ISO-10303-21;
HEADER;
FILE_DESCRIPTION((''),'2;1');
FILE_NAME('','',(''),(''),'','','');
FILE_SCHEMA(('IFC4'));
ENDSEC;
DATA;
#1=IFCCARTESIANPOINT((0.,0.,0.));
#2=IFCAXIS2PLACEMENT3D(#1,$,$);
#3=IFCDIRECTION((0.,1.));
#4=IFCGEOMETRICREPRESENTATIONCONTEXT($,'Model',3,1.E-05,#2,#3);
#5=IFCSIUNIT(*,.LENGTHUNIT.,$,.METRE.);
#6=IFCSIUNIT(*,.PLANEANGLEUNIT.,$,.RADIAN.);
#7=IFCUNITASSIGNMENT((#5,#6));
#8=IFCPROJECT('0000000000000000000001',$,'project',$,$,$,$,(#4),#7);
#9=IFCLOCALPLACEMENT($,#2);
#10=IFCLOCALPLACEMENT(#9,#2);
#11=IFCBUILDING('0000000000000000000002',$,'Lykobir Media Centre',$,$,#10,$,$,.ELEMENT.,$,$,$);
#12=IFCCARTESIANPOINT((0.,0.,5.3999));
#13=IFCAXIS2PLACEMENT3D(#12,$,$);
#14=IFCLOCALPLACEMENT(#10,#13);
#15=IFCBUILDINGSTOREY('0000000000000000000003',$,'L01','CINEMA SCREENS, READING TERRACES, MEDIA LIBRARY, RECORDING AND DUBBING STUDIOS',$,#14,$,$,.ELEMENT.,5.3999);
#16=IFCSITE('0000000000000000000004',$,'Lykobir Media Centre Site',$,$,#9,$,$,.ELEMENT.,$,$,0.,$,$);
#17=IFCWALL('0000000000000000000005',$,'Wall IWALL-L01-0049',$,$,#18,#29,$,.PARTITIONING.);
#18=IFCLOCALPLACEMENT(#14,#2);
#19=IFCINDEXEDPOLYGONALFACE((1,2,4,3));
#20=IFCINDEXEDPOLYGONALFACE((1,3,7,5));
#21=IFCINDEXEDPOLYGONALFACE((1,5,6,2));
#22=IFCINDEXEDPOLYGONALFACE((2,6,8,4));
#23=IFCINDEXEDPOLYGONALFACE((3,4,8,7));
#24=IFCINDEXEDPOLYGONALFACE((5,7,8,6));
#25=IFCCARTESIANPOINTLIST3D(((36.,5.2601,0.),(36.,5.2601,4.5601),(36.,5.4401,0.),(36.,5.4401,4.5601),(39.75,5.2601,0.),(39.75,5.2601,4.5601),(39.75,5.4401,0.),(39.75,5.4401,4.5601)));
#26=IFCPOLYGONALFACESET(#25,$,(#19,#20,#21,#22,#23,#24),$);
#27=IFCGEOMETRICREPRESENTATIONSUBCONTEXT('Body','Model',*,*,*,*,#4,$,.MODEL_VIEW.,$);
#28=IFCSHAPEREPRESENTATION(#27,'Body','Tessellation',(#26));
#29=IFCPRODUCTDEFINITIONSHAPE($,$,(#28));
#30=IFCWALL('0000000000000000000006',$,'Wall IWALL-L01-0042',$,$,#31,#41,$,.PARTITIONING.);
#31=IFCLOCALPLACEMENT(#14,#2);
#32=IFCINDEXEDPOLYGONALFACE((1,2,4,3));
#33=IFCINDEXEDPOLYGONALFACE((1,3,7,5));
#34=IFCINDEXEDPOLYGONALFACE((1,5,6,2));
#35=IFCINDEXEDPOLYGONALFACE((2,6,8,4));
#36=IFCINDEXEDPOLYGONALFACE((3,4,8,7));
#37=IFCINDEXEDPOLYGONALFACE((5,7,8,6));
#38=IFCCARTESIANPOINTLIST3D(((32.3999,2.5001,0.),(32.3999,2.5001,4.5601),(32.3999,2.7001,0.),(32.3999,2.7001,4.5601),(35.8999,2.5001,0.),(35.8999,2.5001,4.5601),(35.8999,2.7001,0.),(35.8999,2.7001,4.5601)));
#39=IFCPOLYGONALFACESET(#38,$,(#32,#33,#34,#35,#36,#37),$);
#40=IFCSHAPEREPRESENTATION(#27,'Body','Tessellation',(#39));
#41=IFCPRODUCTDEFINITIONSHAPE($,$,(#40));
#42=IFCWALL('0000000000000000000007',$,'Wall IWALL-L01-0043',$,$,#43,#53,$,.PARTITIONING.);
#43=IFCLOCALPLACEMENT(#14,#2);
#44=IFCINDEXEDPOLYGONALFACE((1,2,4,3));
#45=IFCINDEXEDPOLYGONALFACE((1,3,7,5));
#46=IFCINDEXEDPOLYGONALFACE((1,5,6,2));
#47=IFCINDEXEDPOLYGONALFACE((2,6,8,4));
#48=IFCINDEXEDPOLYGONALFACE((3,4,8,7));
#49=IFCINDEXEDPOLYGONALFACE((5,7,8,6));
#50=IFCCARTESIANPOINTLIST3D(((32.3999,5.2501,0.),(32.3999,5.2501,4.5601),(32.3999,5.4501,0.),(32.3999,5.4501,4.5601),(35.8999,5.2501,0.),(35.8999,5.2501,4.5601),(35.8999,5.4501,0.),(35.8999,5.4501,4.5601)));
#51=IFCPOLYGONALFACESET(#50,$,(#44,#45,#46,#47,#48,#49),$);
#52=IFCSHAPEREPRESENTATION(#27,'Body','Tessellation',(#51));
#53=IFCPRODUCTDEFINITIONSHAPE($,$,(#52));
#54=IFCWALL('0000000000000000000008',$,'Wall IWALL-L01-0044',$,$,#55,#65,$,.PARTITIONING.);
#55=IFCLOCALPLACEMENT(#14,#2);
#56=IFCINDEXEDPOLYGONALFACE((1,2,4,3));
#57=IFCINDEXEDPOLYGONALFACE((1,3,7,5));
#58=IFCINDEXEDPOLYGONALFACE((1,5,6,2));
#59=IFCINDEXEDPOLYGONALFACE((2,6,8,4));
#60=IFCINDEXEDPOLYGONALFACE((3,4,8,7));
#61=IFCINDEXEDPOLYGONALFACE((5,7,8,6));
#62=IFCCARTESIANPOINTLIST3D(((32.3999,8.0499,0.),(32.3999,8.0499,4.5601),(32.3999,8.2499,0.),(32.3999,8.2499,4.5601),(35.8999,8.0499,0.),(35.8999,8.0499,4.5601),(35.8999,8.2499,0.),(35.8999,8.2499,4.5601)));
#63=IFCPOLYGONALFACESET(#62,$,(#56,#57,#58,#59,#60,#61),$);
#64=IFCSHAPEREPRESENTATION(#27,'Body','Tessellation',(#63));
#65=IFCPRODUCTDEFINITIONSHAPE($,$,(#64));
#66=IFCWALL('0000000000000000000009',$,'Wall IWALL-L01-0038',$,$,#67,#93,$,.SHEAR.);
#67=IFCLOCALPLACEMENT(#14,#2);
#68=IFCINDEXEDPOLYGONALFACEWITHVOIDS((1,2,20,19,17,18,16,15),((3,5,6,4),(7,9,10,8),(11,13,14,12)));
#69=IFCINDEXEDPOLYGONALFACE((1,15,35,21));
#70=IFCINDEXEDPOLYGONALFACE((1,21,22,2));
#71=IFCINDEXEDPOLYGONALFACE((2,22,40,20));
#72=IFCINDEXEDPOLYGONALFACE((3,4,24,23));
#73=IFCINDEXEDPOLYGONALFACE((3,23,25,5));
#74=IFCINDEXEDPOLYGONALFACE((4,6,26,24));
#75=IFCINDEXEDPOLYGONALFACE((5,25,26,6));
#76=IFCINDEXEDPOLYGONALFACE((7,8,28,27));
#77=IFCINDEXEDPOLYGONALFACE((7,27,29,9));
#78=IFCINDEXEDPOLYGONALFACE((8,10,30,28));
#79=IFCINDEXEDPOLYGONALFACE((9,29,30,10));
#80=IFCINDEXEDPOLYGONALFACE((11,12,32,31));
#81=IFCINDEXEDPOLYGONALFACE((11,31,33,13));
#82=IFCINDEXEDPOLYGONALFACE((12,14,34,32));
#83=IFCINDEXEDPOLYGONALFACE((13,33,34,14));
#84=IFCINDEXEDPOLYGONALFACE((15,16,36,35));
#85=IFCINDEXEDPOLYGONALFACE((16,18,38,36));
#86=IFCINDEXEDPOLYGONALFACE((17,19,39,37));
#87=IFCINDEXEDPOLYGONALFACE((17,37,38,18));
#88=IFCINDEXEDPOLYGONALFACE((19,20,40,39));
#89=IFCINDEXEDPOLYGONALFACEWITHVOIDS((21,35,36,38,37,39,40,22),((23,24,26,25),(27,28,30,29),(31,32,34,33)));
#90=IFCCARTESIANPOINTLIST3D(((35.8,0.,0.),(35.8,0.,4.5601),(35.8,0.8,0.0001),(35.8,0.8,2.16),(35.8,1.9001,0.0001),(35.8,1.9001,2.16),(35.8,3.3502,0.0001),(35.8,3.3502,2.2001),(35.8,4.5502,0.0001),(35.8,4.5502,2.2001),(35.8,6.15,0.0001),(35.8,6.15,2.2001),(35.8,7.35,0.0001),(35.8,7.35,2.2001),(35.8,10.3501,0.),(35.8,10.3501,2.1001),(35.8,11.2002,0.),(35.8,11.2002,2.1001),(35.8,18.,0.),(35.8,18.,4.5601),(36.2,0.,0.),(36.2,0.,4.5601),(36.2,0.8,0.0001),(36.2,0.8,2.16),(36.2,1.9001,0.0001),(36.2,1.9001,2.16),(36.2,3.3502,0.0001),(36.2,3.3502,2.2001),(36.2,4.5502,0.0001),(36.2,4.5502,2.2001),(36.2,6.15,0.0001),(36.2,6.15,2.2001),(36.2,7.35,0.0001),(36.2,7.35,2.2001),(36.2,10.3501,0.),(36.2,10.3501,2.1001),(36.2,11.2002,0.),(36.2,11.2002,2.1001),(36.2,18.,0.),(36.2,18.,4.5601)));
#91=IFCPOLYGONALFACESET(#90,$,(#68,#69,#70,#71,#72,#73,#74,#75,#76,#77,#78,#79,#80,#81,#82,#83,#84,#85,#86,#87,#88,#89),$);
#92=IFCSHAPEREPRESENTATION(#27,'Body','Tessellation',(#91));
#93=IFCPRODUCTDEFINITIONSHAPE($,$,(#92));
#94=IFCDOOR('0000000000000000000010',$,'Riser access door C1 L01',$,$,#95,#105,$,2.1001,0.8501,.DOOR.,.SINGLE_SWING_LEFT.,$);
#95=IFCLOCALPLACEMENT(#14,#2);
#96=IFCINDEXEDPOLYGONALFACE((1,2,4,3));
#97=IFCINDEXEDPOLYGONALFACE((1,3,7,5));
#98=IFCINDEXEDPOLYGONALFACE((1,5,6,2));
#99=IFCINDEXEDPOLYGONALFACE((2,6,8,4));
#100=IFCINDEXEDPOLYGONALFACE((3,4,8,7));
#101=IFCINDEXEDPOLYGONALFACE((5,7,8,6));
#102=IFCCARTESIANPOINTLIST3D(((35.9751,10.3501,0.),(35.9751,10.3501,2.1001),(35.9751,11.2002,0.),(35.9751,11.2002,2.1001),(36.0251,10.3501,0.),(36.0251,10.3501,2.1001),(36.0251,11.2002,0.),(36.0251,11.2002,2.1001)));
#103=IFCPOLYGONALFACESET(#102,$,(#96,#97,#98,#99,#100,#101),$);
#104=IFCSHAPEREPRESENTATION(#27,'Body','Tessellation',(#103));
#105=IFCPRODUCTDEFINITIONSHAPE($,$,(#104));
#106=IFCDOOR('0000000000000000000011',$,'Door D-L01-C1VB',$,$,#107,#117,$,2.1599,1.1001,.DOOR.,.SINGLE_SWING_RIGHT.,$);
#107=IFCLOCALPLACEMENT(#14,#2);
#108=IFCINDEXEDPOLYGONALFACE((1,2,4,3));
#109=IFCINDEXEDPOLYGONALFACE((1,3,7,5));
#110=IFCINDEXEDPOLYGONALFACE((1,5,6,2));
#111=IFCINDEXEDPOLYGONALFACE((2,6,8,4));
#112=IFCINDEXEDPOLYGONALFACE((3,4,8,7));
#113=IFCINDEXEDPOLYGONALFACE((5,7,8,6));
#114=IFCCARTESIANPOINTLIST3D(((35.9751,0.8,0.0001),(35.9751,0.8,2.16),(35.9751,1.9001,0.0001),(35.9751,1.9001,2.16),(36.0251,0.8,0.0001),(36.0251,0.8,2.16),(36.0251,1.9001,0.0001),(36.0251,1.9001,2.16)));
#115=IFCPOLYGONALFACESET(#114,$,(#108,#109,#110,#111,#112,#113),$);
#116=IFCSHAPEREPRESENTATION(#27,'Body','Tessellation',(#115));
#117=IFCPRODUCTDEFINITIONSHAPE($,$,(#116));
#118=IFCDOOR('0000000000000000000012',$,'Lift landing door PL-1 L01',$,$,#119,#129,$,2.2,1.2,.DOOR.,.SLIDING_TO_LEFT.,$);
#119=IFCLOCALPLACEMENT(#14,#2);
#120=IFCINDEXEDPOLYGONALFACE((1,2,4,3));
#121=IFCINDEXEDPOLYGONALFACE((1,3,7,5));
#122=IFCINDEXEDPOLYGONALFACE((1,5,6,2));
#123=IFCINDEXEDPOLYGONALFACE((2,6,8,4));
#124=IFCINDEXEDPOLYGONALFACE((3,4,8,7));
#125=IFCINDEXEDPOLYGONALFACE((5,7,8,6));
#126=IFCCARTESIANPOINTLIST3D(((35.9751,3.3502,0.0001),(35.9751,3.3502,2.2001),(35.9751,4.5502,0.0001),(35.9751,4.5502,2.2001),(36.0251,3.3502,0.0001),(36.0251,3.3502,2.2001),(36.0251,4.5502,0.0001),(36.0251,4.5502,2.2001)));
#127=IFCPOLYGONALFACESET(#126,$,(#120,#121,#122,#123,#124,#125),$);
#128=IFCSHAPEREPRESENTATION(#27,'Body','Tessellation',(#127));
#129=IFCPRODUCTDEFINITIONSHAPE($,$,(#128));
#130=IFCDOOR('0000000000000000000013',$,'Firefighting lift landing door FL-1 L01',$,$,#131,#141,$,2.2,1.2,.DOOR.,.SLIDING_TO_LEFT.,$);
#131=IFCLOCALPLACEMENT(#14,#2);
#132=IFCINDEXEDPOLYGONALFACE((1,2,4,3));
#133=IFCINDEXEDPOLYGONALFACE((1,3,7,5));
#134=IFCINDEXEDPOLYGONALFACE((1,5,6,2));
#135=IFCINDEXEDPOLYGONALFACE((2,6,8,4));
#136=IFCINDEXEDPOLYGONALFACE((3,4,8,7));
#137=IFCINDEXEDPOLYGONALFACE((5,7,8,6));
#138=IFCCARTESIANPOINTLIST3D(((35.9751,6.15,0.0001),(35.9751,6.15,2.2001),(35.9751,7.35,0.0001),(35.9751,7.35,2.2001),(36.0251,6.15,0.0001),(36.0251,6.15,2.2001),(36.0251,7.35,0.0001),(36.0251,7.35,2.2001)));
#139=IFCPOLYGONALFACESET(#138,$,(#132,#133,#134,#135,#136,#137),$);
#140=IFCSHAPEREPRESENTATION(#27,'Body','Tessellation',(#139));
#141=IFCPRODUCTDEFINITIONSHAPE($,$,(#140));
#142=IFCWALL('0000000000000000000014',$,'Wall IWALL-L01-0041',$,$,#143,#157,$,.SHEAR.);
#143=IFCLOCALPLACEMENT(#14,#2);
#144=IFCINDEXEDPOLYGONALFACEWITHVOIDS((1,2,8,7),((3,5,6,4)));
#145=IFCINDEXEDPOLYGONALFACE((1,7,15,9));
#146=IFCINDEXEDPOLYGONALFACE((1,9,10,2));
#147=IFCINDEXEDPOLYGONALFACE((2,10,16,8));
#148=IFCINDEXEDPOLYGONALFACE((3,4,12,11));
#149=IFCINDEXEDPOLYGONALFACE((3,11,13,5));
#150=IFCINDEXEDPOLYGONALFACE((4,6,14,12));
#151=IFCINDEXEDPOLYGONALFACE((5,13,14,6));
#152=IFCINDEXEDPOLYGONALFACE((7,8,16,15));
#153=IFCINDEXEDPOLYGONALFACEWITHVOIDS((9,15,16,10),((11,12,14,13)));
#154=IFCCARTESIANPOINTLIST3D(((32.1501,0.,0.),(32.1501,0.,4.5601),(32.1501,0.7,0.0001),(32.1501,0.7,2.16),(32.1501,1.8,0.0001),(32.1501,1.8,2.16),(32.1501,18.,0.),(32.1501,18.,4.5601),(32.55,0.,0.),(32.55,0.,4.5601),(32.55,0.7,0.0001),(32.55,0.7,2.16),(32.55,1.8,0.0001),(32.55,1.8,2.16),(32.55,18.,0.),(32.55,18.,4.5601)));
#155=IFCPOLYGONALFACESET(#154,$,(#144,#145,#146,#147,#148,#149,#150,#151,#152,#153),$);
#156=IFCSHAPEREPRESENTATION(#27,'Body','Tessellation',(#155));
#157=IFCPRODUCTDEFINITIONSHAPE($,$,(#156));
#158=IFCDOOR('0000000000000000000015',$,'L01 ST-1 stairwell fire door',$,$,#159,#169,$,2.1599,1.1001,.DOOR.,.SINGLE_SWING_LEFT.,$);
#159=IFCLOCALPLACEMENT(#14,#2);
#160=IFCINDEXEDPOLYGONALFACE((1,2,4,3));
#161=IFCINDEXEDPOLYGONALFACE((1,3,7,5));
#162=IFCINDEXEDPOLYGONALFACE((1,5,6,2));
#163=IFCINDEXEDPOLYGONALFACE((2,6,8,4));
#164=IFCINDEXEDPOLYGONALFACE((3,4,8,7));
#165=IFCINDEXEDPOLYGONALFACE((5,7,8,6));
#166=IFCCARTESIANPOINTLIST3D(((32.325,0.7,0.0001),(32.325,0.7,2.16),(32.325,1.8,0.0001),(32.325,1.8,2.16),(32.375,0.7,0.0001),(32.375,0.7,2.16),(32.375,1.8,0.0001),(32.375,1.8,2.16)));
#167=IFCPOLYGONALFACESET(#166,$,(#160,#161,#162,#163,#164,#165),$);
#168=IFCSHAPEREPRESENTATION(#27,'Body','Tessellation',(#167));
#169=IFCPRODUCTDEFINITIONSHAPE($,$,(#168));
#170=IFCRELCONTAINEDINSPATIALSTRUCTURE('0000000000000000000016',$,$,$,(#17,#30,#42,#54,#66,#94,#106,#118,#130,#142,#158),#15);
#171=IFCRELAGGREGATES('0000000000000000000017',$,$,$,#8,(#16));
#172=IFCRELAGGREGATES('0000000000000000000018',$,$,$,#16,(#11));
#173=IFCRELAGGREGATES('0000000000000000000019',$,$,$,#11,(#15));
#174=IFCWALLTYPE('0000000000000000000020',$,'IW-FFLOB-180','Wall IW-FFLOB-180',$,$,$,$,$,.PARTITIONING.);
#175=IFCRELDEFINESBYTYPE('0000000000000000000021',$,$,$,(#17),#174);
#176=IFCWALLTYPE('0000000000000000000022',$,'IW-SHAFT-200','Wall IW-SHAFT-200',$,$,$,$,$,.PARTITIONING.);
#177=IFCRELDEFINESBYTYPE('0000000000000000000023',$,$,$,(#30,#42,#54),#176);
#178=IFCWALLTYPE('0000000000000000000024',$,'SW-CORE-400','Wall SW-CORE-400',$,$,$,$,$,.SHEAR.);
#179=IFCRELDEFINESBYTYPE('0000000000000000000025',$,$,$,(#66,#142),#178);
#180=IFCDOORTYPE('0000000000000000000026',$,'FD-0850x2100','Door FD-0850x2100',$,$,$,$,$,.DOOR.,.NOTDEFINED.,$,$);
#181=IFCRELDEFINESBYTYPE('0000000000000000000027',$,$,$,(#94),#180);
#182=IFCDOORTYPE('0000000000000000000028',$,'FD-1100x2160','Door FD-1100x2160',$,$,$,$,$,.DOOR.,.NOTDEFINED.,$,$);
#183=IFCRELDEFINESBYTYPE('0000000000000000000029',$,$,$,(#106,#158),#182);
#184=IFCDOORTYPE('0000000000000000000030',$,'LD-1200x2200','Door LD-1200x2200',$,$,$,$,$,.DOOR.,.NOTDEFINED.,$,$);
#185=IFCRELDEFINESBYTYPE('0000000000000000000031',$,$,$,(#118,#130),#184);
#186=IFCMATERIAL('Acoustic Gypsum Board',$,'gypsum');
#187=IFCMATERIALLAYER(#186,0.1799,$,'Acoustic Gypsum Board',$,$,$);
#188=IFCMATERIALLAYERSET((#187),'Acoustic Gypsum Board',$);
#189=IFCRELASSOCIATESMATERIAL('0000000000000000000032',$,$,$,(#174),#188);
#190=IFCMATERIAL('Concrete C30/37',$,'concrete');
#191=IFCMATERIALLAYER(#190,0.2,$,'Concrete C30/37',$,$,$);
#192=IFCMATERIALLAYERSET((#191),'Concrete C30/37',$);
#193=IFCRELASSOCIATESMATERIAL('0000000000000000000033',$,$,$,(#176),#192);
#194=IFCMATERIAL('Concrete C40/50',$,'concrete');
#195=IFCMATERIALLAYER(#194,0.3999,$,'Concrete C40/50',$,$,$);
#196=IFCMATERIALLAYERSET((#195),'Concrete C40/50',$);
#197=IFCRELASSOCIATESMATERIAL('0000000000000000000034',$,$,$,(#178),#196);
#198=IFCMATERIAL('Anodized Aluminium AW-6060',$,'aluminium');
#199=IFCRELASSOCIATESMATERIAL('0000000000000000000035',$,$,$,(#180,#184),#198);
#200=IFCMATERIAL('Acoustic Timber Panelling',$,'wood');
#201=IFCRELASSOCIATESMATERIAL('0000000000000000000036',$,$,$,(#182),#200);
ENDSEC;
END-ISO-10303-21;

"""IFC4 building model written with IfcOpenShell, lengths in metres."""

from ifc_helpers import new_model, si_unit, direction, frame, frame_2d, origin, place, context, subcontext, project, spatial, rectangle, extrude, material, layer, layer_set, type_object, element, fill, save


model = new_model("IFC4")

# Units and contexts
model_context = context("Model", 3, precision=1e-05, world=origin(), true_north=direction((0.0, 1.0)))
body_context = subcontext(model_context, "Body", "Model", "MODEL_VIEW")
ifc_project = project(units=[si_unit("LENGTHUNIT", "METRE"), si_unit("PLANEANGLEUNIT", "RADIAN")], contexts=[model_context])

# Site, building, storey
site_placement = place(None, origin())
site = spatial("IfcSite", under=ifc_project, at=site_placement, Name="Lykobir Media Centre Site", CompositionType="ELEMENT", RefElevation=0.0)
building_placement = place(site_placement, origin())
building = spatial("IfcBuilding", under=site, at=building_placement, Name="Lykobir Media Centre", CompositionType="ELEMENT")
storey_placement = place(building_placement, frame((0.0, 0.0, 5.3999)))
storey = spatial("IfcBuildingStorey", under=building, at=storey_placement, Name="L01", Description="CINEMA SCREENS, READING TERRACES, MEDIA LIBRARY, RECORDING AND DUBBING STUDIOS", CompositionType="ELEMENT", Elevation=5.3999)

# Shared definitions
ifc_material_1 = material(Name="Concrete C40/50", Category="concrete")

# Walls
ifc_material_2 = material(Name="Acoustic Gypsum Board", Category="gypsum")
ifc_layer_1 = layer(ifc_material_2, 0.1799, Name="Acoustic Gypsum Board")
ifc_layer_set_1 = layer_set([ifc_layer_1], Name="Acoustic Gypsum Board")
wall_type_1 = type_object("IfcWallType", Name="IW-FFLOB-180", Description="Wall IW-FFLOB-180", PredefinedType="PARTITIONING", material=ifc_layer_set_1)
for number, where, z_axis, x_axis, name in (
    (1, (36.0, 5.3501, 0.0), (0.0, 0.0, 1.0), (1.0, 0.0, 0.0), "Wall IWALL-L01-0049"),
):
    element("IfcWall", number, at=place(storey_placement, frame(where, z_axis=z_axis, x_axis=x_axis)), inside=storey, type_object=wall_type_1, Name=name, PredefinedType="PARTITIONING", context=body_context, shape_type="SweptSolid", body=[
        extrude(rectangle(XDim=3.75, YDim=0.1799, at=frame_2d((1.875, 0.0))), origin(), (0.0, 0.0, 1.0), 4.5601),
    ])
ifc_material_3 = material(Name="Concrete C30/37", Category="concrete")
ifc_layer_2 = layer(ifc_material_3, 0.2, Name="Concrete C30/37")
ifc_layer_set_2 = layer_set([ifc_layer_2], Name="Concrete C30/37")
wall_type_2 = type_object("IfcWallType", Name="IW-SHAFT-200", Description="Wall IW-SHAFT-200", PredefinedType="PARTITIONING", material=ifc_layer_set_2)
for number, where, z_axis, x_axis, name in (
    (2, (32.3999, 2.6001, 0.0), (0.0, 0.0, 1.0), (1.0, 0.0, 0.0), "Wall IWALL-L01-0042"),
    (3, (32.3999, 5.3501, 0.0), (0.0, 0.0, 1.0), (1.0, 0.0, 0.0), "Wall IWALL-L01-0043"),
    (4, (32.3999, 8.1499, 0.0), (0.0, 0.0, 1.0), (1.0, 0.0, 0.0), "Wall IWALL-L01-0044"),
):
    element("IfcWall", number, at=place(storey_placement, frame(where, z_axis=z_axis, x_axis=x_axis)), inside=storey, type_object=wall_type_2, Name=name, PredefinedType="PARTITIONING", context=body_context, shape_type="SweptSolid", body=[
        extrude(rectangle(XDim=3.5, YDim=0.2, at=frame_2d((1.75, 0.0))), origin(), (0.0, 0.0, 1.0), 4.5601),
    ])

# Wall, openings, doors
ifc_layer_3 = layer(ifc_material_1, 0.3999, Name="Concrete C40/50")
ifc_layer_set_3 = layer_set([ifc_layer_3], Name="Concrete C40/50")
wall_type_3 = type_object("IfcWallType", Name="SW-CORE-400", Description="Wall SW-CORE-400", PredefinedType="SHEAR", material=ifc_layer_set_3)
wall_1_placement = place(storey_placement, frame((36.0, 0.0, 0.0), z_axis=(0.0, 0.0, 1.0), x_axis=(0.0, 1.0, 0.0)))
wall_1 = element("IfcWall", 5, at=wall_1_placement, inside=storey, type_object=wall_type_3, Name="Wall IWALL-L01-0038", PredefinedType="SHEAR", context=body_context, shape_type="SweptSolid", body=[
    extrude(rectangle(XDim=18.0, YDim=0.3999, at=frame_2d((9.0, 0.0))), origin(), (0.0, 0.0, 1.0), 4.5601),
])
opening_1_placement = place(wall_1_placement, frame((0.8, 0.0, 0.0)))
opening_1 = element("IfcOpeningElement", 6, at=opening_1_placement, cuts=wall_1, PredefinedType="OPENING", context=body_context, shape_type="SweptSolid", body=[
    extrude(rectangle(XDim=1.1001, YDim=2.1599, at=frame_2d((0.55, 1.0801))), frame((0.0, 0.21, 0.0), z_axis=(0.0, -1.0, 0.0), x_axis=(1.0, 0.0, 0.0)), (0.0, 0.0, 1.0), 0.4199),
])
opening_2_placement = place(wall_1_placement, frame((3.3501, 0.0, 0.0)))
opening_2 = element("IfcOpeningElement", 7, at=opening_2_placement, cuts=wall_1, PredefinedType="OPENING", context=body_context, shape_type="SweptSolid", body=[
    extrude(rectangle(XDim=1.2, YDim=2.2, at=frame_2d((0.6001, 1.1001))), frame((0.0, 0.21, 0.0), z_axis=(0.0, -1.0, 0.0), x_axis=(1.0, 0.0, 0.0)), (0.0, 0.0, 1.0), 0.4199),
])
opening_3_placement = place(wall_1_placement, frame((6.1499, 0.0, 0.0)))
opening_3 = element("IfcOpeningElement", 8, at=opening_3_placement, cuts=wall_1, PredefinedType="OPENING", context=body_context, shape_type="SweptSolid", body=[
    extrude(rectangle(XDim=1.2, YDim=2.2, at=frame_2d((0.6001, 1.1001))), frame((0.0, 0.21, 0.0), z_axis=(0.0, -1.0, 0.0), x_axis=(1.0, 0.0, 0.0)), (0.0, 0.0, 1.0), 0.4199),
])
opening_4_placement = place(wall_1_placement, frame((10.3501, 0.0, 0.0)))
opening_4 = element("IfcOpeningElement", 9, at=opening_4_placement, cuts=wall_1, PredefinedType="OPENING", context=body_context, shape_type="SweptSolid", body=[
    extrude(rectangle(XDim=0.8501, YDim=2.1001, at=frame_2d((0.425, 1.05))), frame((0.0, 0.21, 0.0), z_axis=(0.0, -1.0, 0.0), x_axis=(1.0, 0.0, 0.0)), (0.0, 0.0, 1.0), 0.4199),
])
ifc_material_4 = material(Name="Anodized Aluminium AW-6060", Category="aluminium")
door_type_1 = type_object("IfcDoorType", Name="FD-0850x2100", Description="Door FD-0850x2100", OperationType="NOTDEFINED", PredefinedType="DOOR", material=ifc_material_4)
door_1_placement = place(opening_4_placement, origin())
door_1 = element("IfcDoor", 10, at=door_1_placement, inside=storey, type_object=door_type_1, Name="Riser access door C1 L01", OperationType="SINGLE_SWING_LEFT", OverallHeight=2.1001, OverallWidth=0.8501, PredefinedType="DOOR", context=body_context, shape_type="SweptSolid", body=[
    extrude(rectangle(XDim=0.8501, YDim=2.1001, at=frame_2d((0.425, 1.05))), frame((0.0, 0.0249, 0.0), z_axis=(0.0, -1.0, 0.0), x_axis=(1.0, 0.0, 0.0)), (0.0, 0.0, 1.0), 0.05),
])
fill(opening_4, door_1)
ifc_material_5 = material(Name="Acoustic Timber Panelling", Category="wood")
door_type_2 = type_object("IfcDoorType", Name="FD-1100x2160", Description="Door FD-1100x2160", OperationType="NOTDEFINED", PredefinedType="DOOR", material=ifc_material_5)
door_2_placement = place(opening_1_placement, origin())
door_2 = element("IfcDoor", 11, at=door_2_placement, inside=storey, type_object=door_type_2, Name="Door D-L01-C1VB", OperationType="SINGLE_SWING_RIGHT", OverallHeight=2.1599, OverallWidth=1.1001, PredefinedType="DOOR", context=body_context, shape_type="SweptSolid", body=[
    extrude(rectangle(XDim=1.1001, YDim=2.1599, at=frame_2d((0.55, 1.0801))), frame((0.0, 0.0249, 0.0), z_axis=(0.0, -1.0, 0.0), x_axis=(1.0, 0.0, 0.0)), (0.0, 0.0, 1.0), 0.05),
])
fill(opening_1, door_2)
door_type_3 = type_object("IfcDoorType", Name="LD-1200x2200", Description="Door LD-1200x2200", OperationType="NOTDEFINED", PredefinedType="DOOR", material=ifc_material_4)
door_3_placement = place(opening_2_placement, origin())
door_3 = element("IfcDoor", 12, at=door_3_placement, inside=storey, type_object=door_type_3, Name="Lift landing door PL-1 L01", OperationType="SLIDING_TO_LEFT", OverallHeight=2.2, OverallWidth=1.2, PredefinedType="DOOR", context=body_context, shape_type="SweptSolid", body=[
    extrude(rectangle(XDim=1.2, YDim=2.2, at=frame_2d((0.6001, 1.1001))), frame((0.0, 0.0249, 0.0), z_axis=(0.0, -1.0, 0.0), x_axis=(1.0, 0.0, 0.0)), (0.0, 0.0, 1.0), 0.05),
])
fill(opening_2, door_3)
door_4_placement = place(opening_3_placement, origin())
door_4 = element("IfcDoor", 13, at=door_4_placement, inside=storey, type_object=door_type_3, Name="Firefighting lift landing door FL-1 L01", OperationType="SLIDING_TO_LEFT", OverallHeight=2.2, OverallWidth=1.2, PredefinedType="DOOR", context=body_context, shape_type="SweptSolid", body=[
    extrude(rectangle(XDim=1.2, YDim=2.2, at=frame_2d((0.6001, 1.1001))), frame((0.0, 0.0249, 0.0), z_axis=(0.0, -1.0, 0.0), x_axis=(1.0, 0.0, 0.0)), (0.0, 0.0, 1.0), 0.05),
])
fill(opening_3, door_4)

# Wall, opening, door
wall_2_placement = place(storey_placement, frame((32.3501, 0.0, 0.0), z_axis=(0.0, 0.0, 1.0), x_axis=(0.0, 1.0, 0.0)))
wall_2 = element("IfcWall", 14, at=wall_2_placement, inside=storey, type_object=wall_type_3, Name="Wall IWALL-L01-0041", PredefinedType="SHEAR", context=body_context, shape_type="SweptSolid", body=[
    extrude(rectangle(XDim=18.0, YDim=0.3999, at=frame_2d((9.0, 0.0))), origin(), (0.0, 0.0, 1.0), 4.5601),
])
opening_5_placement = place(wall_2_placement, frame((0.7, 0.0, 0.0)))
opening_5 = element("IfcOpeningElement", 15, at=opening_5_placement, cuts=wall_2, PredefinedType="OPENING", context=body_context, shape_type="SweptSolid", body=[
    extrude(rectangle(XDim=1.1001, YDim=2.1599, at=frame_2d((0.55, 1.0801))), frame((0.0, 0.21, 0.0), z_axis=(0.0, -1.0, 0.0), x_axis=(1.0, 0.0, 0.0)), (0.0, 0.0, 1.0), 0.4199),
])
door_5_placement = place(opening_5_placement, frame((1.1001, 0.0, 0.0), z_axis=(0.0, 0.0, 1.0), x_axis=(-1.0, 0.0, 0.0)))
door_5 = element("IfcDoor", 16, at=door_5_placement, inside=storey, type_object=door_type_2, Name="L01 ST-1 stairwell fire door", OperationType="SINGLE_SWING_LEFT", OverallHeight=2.1599, OverallWidth=1.1001, PredefinedType="DOOR", context=body_context, shape_type="SweptSolid", body=[
    extrude(rectangle(XDim=1.1001, YDim=2.1599, at=frame_2d((0.55, 1.0801))), frame((0.0, 0.0249, 0.0), z_axis=(0.0, -1.0, 0.0), x_axis=(1.0, 0.0, 0.0)), (0.0, 0.0, 1.0), 0.05),
])
fill(opening_5, door_5)

save(model, "model.ifc")
